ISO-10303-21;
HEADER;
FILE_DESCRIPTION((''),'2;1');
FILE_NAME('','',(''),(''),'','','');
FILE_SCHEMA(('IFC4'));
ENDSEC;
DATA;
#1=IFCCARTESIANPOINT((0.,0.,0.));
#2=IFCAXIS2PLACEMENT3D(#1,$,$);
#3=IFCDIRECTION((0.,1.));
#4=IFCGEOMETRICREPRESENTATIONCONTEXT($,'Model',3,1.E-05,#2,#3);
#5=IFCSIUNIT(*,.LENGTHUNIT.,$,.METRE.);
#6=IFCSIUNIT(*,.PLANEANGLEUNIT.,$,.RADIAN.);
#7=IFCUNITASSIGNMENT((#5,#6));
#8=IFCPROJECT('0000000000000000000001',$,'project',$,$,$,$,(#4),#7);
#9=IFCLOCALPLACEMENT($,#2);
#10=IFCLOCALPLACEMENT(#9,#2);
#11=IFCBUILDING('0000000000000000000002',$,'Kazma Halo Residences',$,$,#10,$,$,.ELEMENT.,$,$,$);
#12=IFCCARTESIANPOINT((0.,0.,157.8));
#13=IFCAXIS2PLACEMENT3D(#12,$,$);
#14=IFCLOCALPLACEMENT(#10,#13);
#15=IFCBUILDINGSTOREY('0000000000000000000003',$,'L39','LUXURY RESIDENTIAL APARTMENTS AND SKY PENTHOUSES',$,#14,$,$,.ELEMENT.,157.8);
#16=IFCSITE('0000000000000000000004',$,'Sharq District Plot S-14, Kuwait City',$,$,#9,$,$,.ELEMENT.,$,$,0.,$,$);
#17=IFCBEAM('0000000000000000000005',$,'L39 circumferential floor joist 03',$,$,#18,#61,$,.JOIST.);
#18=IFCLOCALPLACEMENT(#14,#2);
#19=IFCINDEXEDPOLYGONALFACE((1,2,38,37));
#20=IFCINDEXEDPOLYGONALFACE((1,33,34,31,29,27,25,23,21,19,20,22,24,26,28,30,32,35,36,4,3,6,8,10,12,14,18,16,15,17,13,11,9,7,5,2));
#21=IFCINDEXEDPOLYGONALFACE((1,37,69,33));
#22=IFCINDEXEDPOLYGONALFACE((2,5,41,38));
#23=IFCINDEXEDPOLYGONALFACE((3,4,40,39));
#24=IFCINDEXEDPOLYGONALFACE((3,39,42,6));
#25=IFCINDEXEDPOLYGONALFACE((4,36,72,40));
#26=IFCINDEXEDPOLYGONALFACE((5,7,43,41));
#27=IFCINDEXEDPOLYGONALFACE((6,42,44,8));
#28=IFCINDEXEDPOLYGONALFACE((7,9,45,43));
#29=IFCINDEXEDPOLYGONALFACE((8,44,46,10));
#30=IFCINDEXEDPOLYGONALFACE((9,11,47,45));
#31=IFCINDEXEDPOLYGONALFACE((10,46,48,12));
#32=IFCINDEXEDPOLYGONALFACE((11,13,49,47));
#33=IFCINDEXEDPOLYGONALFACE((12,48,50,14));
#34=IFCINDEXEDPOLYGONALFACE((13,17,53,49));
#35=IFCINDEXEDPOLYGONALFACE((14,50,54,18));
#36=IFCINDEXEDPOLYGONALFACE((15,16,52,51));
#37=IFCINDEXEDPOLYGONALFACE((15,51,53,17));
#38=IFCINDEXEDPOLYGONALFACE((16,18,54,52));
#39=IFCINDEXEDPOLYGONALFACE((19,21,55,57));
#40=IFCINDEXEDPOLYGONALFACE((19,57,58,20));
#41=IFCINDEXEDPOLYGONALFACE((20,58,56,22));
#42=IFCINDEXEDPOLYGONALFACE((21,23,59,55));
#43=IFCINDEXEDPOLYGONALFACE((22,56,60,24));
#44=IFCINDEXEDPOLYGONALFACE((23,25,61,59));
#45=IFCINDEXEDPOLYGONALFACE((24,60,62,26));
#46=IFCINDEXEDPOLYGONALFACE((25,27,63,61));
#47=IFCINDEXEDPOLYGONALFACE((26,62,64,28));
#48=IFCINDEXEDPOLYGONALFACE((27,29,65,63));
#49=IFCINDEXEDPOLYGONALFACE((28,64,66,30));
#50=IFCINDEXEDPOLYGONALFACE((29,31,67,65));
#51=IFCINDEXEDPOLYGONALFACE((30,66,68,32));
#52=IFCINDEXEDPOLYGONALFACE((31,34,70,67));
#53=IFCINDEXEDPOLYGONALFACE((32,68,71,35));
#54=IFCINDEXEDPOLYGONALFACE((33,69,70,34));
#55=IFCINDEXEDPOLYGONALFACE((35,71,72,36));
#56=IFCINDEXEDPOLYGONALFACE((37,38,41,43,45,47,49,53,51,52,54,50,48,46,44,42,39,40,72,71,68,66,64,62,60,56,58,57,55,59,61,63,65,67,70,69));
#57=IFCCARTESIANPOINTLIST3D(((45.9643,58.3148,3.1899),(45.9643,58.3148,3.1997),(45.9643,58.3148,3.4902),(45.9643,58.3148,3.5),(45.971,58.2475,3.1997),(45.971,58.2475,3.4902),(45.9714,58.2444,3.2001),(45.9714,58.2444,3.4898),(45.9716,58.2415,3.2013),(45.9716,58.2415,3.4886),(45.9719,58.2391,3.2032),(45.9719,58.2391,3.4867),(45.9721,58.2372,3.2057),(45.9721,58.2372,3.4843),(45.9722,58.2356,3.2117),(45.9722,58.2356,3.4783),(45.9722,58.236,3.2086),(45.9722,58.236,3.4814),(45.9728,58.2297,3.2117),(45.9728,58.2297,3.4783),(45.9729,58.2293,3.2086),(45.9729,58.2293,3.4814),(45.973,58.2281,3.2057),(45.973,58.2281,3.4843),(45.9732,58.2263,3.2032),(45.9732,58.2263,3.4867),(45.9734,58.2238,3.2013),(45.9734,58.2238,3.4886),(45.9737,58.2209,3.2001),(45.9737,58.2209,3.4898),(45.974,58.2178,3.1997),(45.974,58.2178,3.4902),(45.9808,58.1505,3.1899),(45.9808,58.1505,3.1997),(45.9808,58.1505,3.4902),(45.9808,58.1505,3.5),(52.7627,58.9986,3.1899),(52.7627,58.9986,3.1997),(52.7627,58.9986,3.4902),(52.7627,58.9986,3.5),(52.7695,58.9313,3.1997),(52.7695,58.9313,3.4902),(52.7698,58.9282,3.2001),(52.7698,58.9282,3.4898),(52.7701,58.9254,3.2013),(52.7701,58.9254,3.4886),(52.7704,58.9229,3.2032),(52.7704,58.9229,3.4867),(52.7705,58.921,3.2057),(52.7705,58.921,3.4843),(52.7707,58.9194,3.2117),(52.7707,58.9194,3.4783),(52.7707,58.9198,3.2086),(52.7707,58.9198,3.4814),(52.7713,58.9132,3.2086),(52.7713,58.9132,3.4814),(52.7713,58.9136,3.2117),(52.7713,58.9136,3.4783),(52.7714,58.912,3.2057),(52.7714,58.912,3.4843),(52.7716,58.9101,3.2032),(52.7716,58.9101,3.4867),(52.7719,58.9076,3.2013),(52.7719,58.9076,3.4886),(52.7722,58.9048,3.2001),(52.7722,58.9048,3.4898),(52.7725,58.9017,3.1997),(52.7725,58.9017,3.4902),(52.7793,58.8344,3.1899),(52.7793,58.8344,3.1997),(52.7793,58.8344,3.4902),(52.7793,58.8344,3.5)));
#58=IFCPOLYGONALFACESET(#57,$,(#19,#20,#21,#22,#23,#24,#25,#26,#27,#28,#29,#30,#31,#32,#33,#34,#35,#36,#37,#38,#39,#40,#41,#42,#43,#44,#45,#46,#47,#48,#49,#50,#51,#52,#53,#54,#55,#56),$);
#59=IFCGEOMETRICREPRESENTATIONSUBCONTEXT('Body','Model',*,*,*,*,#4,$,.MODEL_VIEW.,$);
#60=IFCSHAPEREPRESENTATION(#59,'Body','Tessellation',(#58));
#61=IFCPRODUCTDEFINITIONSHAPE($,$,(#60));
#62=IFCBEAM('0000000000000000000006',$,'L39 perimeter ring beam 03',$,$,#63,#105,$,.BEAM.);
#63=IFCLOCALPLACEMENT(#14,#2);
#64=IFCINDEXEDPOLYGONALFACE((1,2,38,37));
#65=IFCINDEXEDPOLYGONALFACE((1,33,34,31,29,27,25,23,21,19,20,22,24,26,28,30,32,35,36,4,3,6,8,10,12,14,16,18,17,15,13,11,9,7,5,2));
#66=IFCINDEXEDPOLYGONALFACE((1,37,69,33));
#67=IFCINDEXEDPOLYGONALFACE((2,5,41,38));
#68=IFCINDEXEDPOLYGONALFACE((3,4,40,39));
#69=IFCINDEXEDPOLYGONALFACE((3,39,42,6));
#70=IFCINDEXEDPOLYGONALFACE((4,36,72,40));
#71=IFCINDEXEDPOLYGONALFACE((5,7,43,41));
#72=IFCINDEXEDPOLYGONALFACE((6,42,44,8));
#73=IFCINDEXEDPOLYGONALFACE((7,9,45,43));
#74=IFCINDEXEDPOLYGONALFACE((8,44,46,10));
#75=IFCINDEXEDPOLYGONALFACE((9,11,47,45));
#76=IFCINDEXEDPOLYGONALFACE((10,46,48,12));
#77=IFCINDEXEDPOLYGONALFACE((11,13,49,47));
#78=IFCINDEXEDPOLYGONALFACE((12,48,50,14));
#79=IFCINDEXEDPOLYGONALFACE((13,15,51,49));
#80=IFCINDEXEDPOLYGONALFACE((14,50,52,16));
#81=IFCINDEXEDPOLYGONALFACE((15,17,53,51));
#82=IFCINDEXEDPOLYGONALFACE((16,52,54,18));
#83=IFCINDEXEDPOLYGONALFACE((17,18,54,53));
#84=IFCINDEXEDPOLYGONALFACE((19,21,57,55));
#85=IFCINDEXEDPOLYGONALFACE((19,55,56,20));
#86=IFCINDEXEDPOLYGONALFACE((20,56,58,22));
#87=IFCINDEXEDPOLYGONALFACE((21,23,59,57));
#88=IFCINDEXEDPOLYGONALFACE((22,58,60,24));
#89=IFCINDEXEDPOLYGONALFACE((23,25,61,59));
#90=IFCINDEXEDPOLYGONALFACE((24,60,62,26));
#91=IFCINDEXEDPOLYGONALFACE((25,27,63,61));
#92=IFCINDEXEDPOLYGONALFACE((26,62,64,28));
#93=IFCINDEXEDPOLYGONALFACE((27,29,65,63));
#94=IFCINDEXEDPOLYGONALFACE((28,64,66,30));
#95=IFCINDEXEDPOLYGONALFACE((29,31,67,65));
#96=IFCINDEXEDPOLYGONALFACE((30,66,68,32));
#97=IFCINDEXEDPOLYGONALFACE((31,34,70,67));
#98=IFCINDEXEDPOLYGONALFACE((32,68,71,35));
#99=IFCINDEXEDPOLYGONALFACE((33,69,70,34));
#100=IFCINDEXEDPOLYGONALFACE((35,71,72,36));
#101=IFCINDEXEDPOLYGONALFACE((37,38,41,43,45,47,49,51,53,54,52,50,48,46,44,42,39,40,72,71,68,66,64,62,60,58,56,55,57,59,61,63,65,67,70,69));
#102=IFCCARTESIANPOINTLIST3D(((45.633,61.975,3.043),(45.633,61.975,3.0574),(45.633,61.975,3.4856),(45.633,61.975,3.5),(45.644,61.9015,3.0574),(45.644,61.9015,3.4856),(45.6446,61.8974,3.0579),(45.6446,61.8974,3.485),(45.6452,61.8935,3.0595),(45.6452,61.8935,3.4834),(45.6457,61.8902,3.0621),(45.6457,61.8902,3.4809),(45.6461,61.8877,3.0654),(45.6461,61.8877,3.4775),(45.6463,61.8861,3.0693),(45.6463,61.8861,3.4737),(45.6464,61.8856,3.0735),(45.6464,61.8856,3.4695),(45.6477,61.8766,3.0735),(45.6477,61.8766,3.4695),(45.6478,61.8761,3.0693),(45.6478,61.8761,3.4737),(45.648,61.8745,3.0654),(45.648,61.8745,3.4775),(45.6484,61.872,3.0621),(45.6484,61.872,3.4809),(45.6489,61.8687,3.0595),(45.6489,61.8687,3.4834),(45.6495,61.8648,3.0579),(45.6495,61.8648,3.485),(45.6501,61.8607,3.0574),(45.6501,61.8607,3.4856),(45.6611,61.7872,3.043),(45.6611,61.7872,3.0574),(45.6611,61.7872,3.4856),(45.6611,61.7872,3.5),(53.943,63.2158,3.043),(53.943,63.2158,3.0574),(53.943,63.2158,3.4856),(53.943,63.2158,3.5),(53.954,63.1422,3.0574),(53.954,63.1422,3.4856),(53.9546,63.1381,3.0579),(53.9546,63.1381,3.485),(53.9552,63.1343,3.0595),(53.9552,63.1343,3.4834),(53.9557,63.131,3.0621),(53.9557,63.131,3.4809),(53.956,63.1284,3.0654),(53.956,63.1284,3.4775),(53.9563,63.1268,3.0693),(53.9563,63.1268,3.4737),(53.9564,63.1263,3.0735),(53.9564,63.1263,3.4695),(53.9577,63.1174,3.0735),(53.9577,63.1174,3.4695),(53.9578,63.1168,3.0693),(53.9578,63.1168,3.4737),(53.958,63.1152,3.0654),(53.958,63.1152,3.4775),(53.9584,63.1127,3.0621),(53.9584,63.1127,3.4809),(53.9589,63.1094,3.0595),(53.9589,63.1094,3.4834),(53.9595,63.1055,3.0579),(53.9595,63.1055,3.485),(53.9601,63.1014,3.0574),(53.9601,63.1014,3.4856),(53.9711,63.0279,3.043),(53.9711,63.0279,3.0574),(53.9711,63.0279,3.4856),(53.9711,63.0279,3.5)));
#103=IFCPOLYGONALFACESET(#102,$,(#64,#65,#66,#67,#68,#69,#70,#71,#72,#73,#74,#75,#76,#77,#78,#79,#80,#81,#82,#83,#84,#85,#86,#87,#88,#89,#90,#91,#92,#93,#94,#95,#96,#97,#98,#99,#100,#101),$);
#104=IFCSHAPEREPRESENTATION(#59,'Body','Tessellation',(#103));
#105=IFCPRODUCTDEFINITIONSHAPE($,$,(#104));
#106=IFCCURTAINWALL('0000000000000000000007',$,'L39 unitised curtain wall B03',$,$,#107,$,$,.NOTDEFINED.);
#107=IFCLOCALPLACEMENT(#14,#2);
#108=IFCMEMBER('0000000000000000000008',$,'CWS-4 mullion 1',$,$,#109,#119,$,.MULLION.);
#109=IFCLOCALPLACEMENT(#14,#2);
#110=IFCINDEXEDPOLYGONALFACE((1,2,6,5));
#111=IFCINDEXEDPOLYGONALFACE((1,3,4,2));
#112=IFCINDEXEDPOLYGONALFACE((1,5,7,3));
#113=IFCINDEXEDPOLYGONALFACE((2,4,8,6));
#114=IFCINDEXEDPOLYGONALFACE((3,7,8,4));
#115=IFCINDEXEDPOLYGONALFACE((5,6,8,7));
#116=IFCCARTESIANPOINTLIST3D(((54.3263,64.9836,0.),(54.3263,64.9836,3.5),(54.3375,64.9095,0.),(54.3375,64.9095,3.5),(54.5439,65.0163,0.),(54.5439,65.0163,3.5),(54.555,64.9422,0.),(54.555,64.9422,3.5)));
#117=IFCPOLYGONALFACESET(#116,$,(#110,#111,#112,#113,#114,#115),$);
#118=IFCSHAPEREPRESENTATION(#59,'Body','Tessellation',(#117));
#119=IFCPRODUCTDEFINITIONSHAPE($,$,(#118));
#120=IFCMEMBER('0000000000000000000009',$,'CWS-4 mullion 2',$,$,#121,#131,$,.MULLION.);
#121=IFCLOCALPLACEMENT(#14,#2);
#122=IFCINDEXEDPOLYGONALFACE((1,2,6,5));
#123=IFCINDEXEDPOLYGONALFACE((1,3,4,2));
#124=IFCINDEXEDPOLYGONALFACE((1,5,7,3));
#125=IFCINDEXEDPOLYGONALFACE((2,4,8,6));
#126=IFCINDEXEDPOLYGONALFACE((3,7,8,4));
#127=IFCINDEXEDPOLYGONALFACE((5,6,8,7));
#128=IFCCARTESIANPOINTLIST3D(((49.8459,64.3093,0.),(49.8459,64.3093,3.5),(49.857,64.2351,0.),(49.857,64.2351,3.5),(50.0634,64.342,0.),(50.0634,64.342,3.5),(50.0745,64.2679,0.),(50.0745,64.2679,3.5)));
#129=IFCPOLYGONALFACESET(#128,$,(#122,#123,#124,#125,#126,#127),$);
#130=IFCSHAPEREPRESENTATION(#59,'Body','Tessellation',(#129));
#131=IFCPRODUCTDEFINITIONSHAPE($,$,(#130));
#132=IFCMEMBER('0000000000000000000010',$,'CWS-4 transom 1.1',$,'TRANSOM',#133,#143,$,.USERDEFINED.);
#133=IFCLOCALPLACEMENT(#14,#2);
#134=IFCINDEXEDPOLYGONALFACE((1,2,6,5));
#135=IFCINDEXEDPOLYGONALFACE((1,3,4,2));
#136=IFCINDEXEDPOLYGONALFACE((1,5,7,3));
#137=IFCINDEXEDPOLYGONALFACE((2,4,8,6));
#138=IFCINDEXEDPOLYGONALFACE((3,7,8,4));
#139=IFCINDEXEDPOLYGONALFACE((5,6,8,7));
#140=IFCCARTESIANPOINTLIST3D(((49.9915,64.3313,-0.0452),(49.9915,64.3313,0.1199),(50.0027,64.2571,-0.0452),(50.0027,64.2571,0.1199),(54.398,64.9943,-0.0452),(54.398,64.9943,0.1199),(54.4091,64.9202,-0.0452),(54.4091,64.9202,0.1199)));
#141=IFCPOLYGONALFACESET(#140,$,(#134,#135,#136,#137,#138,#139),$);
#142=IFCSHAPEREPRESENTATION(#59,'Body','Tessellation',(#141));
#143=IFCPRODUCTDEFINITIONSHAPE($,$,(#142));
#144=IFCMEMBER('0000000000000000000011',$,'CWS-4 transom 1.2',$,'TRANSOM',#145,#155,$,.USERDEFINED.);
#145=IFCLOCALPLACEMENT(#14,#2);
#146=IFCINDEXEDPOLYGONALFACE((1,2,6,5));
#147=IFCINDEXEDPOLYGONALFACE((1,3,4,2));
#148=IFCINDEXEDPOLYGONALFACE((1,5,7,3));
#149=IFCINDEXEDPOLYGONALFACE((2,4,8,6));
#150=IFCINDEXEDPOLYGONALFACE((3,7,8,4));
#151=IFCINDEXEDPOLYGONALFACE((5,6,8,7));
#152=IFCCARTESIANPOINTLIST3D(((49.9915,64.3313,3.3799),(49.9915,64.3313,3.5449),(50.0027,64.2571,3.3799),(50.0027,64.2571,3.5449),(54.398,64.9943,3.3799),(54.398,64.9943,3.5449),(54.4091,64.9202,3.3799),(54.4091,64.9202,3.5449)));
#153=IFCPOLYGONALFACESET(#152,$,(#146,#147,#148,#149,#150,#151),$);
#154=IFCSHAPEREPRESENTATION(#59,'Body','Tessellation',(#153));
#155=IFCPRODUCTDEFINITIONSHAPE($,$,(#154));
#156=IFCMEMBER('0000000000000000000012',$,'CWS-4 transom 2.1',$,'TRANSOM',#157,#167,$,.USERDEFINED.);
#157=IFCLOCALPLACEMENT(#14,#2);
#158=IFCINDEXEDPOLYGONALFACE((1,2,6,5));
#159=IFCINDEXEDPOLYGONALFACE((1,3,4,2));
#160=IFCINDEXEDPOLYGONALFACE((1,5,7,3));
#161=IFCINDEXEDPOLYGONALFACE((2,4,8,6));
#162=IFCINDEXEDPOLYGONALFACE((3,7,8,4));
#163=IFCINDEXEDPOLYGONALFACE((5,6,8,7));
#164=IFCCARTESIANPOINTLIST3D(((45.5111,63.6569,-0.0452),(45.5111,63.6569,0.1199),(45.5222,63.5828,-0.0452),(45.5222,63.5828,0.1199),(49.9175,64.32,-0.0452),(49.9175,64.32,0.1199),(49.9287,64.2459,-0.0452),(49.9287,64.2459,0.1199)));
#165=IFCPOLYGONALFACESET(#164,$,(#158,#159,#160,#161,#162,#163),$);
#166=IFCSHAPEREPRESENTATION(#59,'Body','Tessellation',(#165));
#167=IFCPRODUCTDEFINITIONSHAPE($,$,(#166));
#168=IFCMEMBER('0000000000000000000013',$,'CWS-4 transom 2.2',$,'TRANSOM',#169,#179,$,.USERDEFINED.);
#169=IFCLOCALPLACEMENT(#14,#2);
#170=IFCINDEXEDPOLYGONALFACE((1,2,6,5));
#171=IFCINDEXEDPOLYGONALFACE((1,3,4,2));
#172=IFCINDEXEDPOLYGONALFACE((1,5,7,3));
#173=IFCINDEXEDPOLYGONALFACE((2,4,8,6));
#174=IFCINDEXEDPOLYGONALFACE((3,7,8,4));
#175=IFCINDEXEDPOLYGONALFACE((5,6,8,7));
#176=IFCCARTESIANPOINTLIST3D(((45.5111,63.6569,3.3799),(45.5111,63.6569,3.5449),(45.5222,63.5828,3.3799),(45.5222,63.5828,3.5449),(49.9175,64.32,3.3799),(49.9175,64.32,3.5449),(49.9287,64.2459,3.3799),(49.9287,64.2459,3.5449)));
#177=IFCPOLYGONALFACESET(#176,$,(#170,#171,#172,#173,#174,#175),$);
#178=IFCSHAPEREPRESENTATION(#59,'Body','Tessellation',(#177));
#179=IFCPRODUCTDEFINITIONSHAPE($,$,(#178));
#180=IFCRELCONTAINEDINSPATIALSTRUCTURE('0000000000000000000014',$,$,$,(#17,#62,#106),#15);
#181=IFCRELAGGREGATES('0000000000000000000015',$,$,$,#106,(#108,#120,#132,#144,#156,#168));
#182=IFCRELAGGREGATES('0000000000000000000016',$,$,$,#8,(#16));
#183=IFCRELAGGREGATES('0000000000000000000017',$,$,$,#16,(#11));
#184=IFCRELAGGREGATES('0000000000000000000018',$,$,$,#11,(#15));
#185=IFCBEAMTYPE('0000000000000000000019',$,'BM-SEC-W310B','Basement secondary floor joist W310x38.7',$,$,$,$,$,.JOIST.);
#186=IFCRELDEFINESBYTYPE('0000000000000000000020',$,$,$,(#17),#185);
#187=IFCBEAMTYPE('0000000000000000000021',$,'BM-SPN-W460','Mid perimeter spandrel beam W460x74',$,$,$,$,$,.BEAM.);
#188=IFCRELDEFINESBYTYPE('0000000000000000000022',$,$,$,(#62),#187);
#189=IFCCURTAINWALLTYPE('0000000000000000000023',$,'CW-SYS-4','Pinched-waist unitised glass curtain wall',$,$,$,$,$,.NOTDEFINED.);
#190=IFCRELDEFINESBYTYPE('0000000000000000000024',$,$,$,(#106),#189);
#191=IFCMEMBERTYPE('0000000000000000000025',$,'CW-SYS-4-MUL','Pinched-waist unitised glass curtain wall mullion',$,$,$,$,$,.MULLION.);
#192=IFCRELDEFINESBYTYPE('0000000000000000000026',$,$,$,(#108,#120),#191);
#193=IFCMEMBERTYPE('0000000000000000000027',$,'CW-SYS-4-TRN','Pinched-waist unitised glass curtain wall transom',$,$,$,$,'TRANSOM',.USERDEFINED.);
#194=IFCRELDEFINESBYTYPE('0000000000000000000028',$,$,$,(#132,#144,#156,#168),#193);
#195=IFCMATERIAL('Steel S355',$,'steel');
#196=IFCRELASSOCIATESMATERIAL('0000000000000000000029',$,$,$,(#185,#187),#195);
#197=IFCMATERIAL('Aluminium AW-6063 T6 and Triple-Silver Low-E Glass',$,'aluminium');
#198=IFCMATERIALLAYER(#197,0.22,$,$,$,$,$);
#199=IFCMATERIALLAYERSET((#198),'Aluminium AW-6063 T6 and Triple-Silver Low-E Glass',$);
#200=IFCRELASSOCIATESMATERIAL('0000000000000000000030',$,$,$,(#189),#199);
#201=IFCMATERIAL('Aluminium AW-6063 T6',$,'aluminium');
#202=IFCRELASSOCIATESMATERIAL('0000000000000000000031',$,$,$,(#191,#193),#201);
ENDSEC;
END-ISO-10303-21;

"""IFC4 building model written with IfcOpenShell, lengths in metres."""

from ifc_helpers import new_model, si_unit, direction, frame, origin, origin_2d, place, context, subcontext, project, spatial, rectangle, i_section, extrude, material, layer, layer_set, material_profile, profile_set, type_object, element, aggregate, save


model = new_model("IFC4")

# Units and contexts
model_context = context("Model", 3, precision=1e-05, world=origin(), true_north=direction((0.0, 1.0)))
body_context = subcontext(model_context, "Body", "Model", "MODEL_VIEW")
ifc_project = project(units=[si_unit("LENGTHUNIT", "METRE"), si_unit("PLANEANGLEUNIT", "RADIAN")], contexts=[model_context])

# Site, building, storey
site_placement = place(None, origin())
site = spatial("IfcSite", under=ifc_project, at=site_placement, Name="Sharq District Plot S-14, Kuwait City", CompositionType="ELEMENT", RefElevation=0.0)
building_placement = place(site_placement, origin())
building = spatial("IfcBuilding", under=site, at=building_placement, Name="Kazma Halo Residences", CompositionType="ELEMENT")
storey_placement = place(building_placement, frame((0.0, 0.0, 157.8)))
storey = spatial("IfcBuildingStorey", under=building, at=storey_placement, Name="L39", Description="LUXURY RESIDENTIAL APARTMENTS AND SKY PENTHOUSES", CompositionType="ELEMENT", Elevation=157.8)

# Beams
ifc_material_1 = material(Name="Steel S355", Category="steel")
ifc_material_profile_1 = material_profile(ifc_material_1, i_section(OverallWidth=0.165, OverallDepth=0.3101, WebThickness=0.0059, FlangeThickness=0.0098, FilletRadius=0.012, at=origin_2d()), Name="W310x38.7")
ifc_profile_set_1 = profile_set([ifc_material_profile_1], Name="Steel S355")
beam_type_1 = type_object("IfcBeamType", Name="BM-SEC-W310B", Description="Basement secondary floor joist W310x38.7", PredefinedType="JOIST", material=ifc_profile_set_1)
beam_1_placement = place(storey_placement, frame((52.771, 58.9165, 3.345), z_axis=(-0.994979, -0.100084, 0.0), x_axis=(0.100084, -0.994979, 0.0)))
element("IfcBeam", 1, at=beam_1_placement, inside=storey, type_object=beam_type_1, Name="L39 circumferential floor joist 03", PredefinedType="JOIST", context=body_context, shape_type="SweptSolid", body=[
    extrude(i_section(OverallWidth=0.165, OverallDepth=0.3101, WebThickness=0.0059, FlangeThickness=0.0098, FilletRadius=0.012, at=origin_2d()), origin(), (0.0, 0.0, 1.0), 6.8328),
])
ifc_material_profile_2 = material_profile(ifc_material_1, i_section(OverallWidth=0.1899, OverallDepth=0.457, WebThickness=0.009, FlangeThickness=0.0144, FilletRadius=0.0161, at=origin_2d()), Name="W460x74")
ifc_profile_set_2 = profile_set([ifc_material_profile_2], Name="Steel S355")
beam_type_2 = type_object("IfcBeamType", Name="BM-SPN-W460", Description="Mid perimeter spandrel beam W460x74", PredefinedType="BEAM", material=ifc_profile_set_2)
beam_2_placement = place(storey_placement, frame((53.957, 63.1218, 3.2715), z_axis=(-0.989037, -0.147667, 0.0), x_axis=(0.147667, -0.989037, 0.0)))
element("IfcBeam", 2, at=beam_2_placement, inside=storey, type_object=beam_type_2, Name="L39 perimeter ring beam 03", PredefinedType="BEAM", context=body_context, shape_type="SweptSolid", body=[
    extrude(i_section(OverallWidth=0.1899, OverallDepth=0.457, WebThickness=0.009, FlangeThickness=0.0144, FilletRadius=0.0161, at=origin_2d()), origin(), (0.0, 0.0, 1.0), 8.4021),
])

# Curtain wall, members
ifc_material_2 = material(Name="Aluminium AW-6063 T6 and Triple-Silver Low-E Glass", Category="aluminium")
ifc_layer_1 = layer(ifc_material_2, 0.22)
ifc_layer_set_1 = layer_set([ifc_layer_1], Name="Aluminium AW-6063 T6 and Triple-Silver Low-E Glass")
curtain_wall_type = type_object("IfcCurtainWallType", Name="CW-SYS-4", Description="Pinched-waist unitised glass curtain wall", PredefinedType="NOTDEFINED", material=ifc_layer_set_1)
curtain_wall_placement = place(storey_placement, origin())
curtain_wall = element("IfcCurtainWall", 3, at=curtain_wall_placement, inside=storey, type_object=curtain_wall_type, Name="L39 unitised curtain wall B03", PredefinedType="NOTDEFINED")
ifc_material_3 = material(Name="Aluminium AW-6063 T6", Category="aluminium")
ifc_material_profile_3 = material_profile(ifc_material_3, rectangle(XDim=0.075, YDim=0.22, at=origin_2d()), Name="CWM-75x220")
ifc_profile_set_3 = profile_set([ifc_material_profile_3], Name="Aluminium AW-6063 T6")
member_type_1 = type_object("IfcMemberType", Name="CW-SYS-4-MUL", Description="Pinched-waist unitised glass curtain wall mullion", PredefinedType="MULLION", material=ifc_profile_set_3)
member_1_placement = place(storey_placement, frame((54.4407, 64.9629, 0.0), z_axis=(0.0, 0.0, 1.0), x_axis=(0.148821, -0.988864, 0.0)))
member_1 = element("IfcMember", 4, at=member_1_placement, type_object=member_type_1, Name="CWS-4 mullion 1", PredefinedType="MULLION", context=body_context, shape_type="SweptSolid", body=[
    extrude(rectangle(XDim=0.075, YDim=0.22, at=origin_2d()), origin(), (0.0, 0.0, 1.0), 3.5),
])
member_2_placement = place(storey_placement, frame((49.9602, 64.2886, 0.0), z_axis=(0.0, 0.0, 1.0), x_axis=(0.148821, -0.988864, 0.0)))
member_2 = element("IfcMember", 5, at=member_2_placement, type_object=member_type_1, Name="CWS-4 mullion 2", PredefinedType="MULLION", context=body_context, shape_type="SweptSolid", body=[
    extrude(rectangle(XDim=0.075, YDim=0.22, at=origin_2d()), origin(), (0.0, 0.0, 1.0), 3.5),
])
ifc_material_profile_4 = material_profile(ifc_material_3, rectangle(XDim=0.075, YDim=0.165, at=origin_2d()), Name="CWT-75x165")
ifc_profile_set_4 = profile_set([ifc_material_profile_4], Name="Aluminium AW-6063 T6")
member_type_2 = type_object("IfcMemberType", Name="CW-SYS-4-TRN", Description="Pinched-waist unitised glass curtain wall transom", ElementType="TRANSOM", PredefinedType="USERDEFINED", material=ifc_profile_set_4)
member_3_placement = place(storey_placement, frame((54.4036, 64.9573, 0.0374), z_axis=(-0.988867, -0.148804, 0.0), x_axis=(0.148804, -0.988867, 0.0)))
member_3 = element("IfcMember", 6, at=member_3_placement, type_object=member_type_2, Name="CWS-4 transom 1.1", ObjectType="TRANSOM", PredefinedType="USERDEFINED", context=body_context, shape_type="SweptSolid", body=[
    extrude(rectangle(XDim=0.075, YDim=0.165, at=origin_2d()), origin(), (0.0, 0.0, 1.0), 4.4561),
])
member_4_placement = place(storey_placement, frame((54.4036, 64.9573, 3.4624), z_axis=(-0.988867, -0.148804, 0.0), x_axis=(0.148804, -0.988867, 0.0)))
member_4 = element("IfcMember", 7, at=member_4_placement, type_object=member_type_2, Name="CWS-4 transom 1.2", ObjectType="TRANSOM", PredefinedType="USERDEFINED", context=body_context, shape_type="SweptSolid", body=[
    extrude(rectangle(XDim=0.075, YDim=0.165, at=origin_2d()), origin(), (0.0, 0.0, 1.0), 4.4561),
])
member_5_placement = place(storey_placement, frame((49.9231, 64.283, 0.0374), z_axis=(-0.988867, -0.148804, 0.0), x_axis=(0.148804, -0.988867, 0.0)))
member_5 = element("IfcMember", 8, at=member_5_placement, type_object=member_type_2, Name="CWS-4 transom 2.1", ObjectType="TRANSOM", PredefinedType="USERDEFINED", context=body_context, shape_type="SweptSolid", body=[
    extrude(rectangle(XDim=0.075, YDim=0.165, at=origin_2d()), origin(), (0.0, 0.0, 1.0), 4.4561),
])
member_6_placement = place(storey_placement, frame((49.9231, 64.283, 3.4624), z_axis=(-0.988867, -0.148804, 0.0), x_axis=(0.148804, -0.988867, 0.0)))
member_6 = element("IfcMember", 9, at=member_6_placement, type_object=member_type_2, Name="CWS-4 transom 2.2", ObjectType="TRANSOM", PredefinedType="USERDEFINED", context=body_context, shape_type="SweptSolid", body=[
    extrude(rectangle(XDim=0.075, YDim=0.165, at=origin_2d()), origin(), (0.0, 0.0, 1.0), 4.4561),
])
aggregate(curtain_wall, [member_1, member_2, member_3, member_4, member_5, member_6])

save(model, "model.ifc")
